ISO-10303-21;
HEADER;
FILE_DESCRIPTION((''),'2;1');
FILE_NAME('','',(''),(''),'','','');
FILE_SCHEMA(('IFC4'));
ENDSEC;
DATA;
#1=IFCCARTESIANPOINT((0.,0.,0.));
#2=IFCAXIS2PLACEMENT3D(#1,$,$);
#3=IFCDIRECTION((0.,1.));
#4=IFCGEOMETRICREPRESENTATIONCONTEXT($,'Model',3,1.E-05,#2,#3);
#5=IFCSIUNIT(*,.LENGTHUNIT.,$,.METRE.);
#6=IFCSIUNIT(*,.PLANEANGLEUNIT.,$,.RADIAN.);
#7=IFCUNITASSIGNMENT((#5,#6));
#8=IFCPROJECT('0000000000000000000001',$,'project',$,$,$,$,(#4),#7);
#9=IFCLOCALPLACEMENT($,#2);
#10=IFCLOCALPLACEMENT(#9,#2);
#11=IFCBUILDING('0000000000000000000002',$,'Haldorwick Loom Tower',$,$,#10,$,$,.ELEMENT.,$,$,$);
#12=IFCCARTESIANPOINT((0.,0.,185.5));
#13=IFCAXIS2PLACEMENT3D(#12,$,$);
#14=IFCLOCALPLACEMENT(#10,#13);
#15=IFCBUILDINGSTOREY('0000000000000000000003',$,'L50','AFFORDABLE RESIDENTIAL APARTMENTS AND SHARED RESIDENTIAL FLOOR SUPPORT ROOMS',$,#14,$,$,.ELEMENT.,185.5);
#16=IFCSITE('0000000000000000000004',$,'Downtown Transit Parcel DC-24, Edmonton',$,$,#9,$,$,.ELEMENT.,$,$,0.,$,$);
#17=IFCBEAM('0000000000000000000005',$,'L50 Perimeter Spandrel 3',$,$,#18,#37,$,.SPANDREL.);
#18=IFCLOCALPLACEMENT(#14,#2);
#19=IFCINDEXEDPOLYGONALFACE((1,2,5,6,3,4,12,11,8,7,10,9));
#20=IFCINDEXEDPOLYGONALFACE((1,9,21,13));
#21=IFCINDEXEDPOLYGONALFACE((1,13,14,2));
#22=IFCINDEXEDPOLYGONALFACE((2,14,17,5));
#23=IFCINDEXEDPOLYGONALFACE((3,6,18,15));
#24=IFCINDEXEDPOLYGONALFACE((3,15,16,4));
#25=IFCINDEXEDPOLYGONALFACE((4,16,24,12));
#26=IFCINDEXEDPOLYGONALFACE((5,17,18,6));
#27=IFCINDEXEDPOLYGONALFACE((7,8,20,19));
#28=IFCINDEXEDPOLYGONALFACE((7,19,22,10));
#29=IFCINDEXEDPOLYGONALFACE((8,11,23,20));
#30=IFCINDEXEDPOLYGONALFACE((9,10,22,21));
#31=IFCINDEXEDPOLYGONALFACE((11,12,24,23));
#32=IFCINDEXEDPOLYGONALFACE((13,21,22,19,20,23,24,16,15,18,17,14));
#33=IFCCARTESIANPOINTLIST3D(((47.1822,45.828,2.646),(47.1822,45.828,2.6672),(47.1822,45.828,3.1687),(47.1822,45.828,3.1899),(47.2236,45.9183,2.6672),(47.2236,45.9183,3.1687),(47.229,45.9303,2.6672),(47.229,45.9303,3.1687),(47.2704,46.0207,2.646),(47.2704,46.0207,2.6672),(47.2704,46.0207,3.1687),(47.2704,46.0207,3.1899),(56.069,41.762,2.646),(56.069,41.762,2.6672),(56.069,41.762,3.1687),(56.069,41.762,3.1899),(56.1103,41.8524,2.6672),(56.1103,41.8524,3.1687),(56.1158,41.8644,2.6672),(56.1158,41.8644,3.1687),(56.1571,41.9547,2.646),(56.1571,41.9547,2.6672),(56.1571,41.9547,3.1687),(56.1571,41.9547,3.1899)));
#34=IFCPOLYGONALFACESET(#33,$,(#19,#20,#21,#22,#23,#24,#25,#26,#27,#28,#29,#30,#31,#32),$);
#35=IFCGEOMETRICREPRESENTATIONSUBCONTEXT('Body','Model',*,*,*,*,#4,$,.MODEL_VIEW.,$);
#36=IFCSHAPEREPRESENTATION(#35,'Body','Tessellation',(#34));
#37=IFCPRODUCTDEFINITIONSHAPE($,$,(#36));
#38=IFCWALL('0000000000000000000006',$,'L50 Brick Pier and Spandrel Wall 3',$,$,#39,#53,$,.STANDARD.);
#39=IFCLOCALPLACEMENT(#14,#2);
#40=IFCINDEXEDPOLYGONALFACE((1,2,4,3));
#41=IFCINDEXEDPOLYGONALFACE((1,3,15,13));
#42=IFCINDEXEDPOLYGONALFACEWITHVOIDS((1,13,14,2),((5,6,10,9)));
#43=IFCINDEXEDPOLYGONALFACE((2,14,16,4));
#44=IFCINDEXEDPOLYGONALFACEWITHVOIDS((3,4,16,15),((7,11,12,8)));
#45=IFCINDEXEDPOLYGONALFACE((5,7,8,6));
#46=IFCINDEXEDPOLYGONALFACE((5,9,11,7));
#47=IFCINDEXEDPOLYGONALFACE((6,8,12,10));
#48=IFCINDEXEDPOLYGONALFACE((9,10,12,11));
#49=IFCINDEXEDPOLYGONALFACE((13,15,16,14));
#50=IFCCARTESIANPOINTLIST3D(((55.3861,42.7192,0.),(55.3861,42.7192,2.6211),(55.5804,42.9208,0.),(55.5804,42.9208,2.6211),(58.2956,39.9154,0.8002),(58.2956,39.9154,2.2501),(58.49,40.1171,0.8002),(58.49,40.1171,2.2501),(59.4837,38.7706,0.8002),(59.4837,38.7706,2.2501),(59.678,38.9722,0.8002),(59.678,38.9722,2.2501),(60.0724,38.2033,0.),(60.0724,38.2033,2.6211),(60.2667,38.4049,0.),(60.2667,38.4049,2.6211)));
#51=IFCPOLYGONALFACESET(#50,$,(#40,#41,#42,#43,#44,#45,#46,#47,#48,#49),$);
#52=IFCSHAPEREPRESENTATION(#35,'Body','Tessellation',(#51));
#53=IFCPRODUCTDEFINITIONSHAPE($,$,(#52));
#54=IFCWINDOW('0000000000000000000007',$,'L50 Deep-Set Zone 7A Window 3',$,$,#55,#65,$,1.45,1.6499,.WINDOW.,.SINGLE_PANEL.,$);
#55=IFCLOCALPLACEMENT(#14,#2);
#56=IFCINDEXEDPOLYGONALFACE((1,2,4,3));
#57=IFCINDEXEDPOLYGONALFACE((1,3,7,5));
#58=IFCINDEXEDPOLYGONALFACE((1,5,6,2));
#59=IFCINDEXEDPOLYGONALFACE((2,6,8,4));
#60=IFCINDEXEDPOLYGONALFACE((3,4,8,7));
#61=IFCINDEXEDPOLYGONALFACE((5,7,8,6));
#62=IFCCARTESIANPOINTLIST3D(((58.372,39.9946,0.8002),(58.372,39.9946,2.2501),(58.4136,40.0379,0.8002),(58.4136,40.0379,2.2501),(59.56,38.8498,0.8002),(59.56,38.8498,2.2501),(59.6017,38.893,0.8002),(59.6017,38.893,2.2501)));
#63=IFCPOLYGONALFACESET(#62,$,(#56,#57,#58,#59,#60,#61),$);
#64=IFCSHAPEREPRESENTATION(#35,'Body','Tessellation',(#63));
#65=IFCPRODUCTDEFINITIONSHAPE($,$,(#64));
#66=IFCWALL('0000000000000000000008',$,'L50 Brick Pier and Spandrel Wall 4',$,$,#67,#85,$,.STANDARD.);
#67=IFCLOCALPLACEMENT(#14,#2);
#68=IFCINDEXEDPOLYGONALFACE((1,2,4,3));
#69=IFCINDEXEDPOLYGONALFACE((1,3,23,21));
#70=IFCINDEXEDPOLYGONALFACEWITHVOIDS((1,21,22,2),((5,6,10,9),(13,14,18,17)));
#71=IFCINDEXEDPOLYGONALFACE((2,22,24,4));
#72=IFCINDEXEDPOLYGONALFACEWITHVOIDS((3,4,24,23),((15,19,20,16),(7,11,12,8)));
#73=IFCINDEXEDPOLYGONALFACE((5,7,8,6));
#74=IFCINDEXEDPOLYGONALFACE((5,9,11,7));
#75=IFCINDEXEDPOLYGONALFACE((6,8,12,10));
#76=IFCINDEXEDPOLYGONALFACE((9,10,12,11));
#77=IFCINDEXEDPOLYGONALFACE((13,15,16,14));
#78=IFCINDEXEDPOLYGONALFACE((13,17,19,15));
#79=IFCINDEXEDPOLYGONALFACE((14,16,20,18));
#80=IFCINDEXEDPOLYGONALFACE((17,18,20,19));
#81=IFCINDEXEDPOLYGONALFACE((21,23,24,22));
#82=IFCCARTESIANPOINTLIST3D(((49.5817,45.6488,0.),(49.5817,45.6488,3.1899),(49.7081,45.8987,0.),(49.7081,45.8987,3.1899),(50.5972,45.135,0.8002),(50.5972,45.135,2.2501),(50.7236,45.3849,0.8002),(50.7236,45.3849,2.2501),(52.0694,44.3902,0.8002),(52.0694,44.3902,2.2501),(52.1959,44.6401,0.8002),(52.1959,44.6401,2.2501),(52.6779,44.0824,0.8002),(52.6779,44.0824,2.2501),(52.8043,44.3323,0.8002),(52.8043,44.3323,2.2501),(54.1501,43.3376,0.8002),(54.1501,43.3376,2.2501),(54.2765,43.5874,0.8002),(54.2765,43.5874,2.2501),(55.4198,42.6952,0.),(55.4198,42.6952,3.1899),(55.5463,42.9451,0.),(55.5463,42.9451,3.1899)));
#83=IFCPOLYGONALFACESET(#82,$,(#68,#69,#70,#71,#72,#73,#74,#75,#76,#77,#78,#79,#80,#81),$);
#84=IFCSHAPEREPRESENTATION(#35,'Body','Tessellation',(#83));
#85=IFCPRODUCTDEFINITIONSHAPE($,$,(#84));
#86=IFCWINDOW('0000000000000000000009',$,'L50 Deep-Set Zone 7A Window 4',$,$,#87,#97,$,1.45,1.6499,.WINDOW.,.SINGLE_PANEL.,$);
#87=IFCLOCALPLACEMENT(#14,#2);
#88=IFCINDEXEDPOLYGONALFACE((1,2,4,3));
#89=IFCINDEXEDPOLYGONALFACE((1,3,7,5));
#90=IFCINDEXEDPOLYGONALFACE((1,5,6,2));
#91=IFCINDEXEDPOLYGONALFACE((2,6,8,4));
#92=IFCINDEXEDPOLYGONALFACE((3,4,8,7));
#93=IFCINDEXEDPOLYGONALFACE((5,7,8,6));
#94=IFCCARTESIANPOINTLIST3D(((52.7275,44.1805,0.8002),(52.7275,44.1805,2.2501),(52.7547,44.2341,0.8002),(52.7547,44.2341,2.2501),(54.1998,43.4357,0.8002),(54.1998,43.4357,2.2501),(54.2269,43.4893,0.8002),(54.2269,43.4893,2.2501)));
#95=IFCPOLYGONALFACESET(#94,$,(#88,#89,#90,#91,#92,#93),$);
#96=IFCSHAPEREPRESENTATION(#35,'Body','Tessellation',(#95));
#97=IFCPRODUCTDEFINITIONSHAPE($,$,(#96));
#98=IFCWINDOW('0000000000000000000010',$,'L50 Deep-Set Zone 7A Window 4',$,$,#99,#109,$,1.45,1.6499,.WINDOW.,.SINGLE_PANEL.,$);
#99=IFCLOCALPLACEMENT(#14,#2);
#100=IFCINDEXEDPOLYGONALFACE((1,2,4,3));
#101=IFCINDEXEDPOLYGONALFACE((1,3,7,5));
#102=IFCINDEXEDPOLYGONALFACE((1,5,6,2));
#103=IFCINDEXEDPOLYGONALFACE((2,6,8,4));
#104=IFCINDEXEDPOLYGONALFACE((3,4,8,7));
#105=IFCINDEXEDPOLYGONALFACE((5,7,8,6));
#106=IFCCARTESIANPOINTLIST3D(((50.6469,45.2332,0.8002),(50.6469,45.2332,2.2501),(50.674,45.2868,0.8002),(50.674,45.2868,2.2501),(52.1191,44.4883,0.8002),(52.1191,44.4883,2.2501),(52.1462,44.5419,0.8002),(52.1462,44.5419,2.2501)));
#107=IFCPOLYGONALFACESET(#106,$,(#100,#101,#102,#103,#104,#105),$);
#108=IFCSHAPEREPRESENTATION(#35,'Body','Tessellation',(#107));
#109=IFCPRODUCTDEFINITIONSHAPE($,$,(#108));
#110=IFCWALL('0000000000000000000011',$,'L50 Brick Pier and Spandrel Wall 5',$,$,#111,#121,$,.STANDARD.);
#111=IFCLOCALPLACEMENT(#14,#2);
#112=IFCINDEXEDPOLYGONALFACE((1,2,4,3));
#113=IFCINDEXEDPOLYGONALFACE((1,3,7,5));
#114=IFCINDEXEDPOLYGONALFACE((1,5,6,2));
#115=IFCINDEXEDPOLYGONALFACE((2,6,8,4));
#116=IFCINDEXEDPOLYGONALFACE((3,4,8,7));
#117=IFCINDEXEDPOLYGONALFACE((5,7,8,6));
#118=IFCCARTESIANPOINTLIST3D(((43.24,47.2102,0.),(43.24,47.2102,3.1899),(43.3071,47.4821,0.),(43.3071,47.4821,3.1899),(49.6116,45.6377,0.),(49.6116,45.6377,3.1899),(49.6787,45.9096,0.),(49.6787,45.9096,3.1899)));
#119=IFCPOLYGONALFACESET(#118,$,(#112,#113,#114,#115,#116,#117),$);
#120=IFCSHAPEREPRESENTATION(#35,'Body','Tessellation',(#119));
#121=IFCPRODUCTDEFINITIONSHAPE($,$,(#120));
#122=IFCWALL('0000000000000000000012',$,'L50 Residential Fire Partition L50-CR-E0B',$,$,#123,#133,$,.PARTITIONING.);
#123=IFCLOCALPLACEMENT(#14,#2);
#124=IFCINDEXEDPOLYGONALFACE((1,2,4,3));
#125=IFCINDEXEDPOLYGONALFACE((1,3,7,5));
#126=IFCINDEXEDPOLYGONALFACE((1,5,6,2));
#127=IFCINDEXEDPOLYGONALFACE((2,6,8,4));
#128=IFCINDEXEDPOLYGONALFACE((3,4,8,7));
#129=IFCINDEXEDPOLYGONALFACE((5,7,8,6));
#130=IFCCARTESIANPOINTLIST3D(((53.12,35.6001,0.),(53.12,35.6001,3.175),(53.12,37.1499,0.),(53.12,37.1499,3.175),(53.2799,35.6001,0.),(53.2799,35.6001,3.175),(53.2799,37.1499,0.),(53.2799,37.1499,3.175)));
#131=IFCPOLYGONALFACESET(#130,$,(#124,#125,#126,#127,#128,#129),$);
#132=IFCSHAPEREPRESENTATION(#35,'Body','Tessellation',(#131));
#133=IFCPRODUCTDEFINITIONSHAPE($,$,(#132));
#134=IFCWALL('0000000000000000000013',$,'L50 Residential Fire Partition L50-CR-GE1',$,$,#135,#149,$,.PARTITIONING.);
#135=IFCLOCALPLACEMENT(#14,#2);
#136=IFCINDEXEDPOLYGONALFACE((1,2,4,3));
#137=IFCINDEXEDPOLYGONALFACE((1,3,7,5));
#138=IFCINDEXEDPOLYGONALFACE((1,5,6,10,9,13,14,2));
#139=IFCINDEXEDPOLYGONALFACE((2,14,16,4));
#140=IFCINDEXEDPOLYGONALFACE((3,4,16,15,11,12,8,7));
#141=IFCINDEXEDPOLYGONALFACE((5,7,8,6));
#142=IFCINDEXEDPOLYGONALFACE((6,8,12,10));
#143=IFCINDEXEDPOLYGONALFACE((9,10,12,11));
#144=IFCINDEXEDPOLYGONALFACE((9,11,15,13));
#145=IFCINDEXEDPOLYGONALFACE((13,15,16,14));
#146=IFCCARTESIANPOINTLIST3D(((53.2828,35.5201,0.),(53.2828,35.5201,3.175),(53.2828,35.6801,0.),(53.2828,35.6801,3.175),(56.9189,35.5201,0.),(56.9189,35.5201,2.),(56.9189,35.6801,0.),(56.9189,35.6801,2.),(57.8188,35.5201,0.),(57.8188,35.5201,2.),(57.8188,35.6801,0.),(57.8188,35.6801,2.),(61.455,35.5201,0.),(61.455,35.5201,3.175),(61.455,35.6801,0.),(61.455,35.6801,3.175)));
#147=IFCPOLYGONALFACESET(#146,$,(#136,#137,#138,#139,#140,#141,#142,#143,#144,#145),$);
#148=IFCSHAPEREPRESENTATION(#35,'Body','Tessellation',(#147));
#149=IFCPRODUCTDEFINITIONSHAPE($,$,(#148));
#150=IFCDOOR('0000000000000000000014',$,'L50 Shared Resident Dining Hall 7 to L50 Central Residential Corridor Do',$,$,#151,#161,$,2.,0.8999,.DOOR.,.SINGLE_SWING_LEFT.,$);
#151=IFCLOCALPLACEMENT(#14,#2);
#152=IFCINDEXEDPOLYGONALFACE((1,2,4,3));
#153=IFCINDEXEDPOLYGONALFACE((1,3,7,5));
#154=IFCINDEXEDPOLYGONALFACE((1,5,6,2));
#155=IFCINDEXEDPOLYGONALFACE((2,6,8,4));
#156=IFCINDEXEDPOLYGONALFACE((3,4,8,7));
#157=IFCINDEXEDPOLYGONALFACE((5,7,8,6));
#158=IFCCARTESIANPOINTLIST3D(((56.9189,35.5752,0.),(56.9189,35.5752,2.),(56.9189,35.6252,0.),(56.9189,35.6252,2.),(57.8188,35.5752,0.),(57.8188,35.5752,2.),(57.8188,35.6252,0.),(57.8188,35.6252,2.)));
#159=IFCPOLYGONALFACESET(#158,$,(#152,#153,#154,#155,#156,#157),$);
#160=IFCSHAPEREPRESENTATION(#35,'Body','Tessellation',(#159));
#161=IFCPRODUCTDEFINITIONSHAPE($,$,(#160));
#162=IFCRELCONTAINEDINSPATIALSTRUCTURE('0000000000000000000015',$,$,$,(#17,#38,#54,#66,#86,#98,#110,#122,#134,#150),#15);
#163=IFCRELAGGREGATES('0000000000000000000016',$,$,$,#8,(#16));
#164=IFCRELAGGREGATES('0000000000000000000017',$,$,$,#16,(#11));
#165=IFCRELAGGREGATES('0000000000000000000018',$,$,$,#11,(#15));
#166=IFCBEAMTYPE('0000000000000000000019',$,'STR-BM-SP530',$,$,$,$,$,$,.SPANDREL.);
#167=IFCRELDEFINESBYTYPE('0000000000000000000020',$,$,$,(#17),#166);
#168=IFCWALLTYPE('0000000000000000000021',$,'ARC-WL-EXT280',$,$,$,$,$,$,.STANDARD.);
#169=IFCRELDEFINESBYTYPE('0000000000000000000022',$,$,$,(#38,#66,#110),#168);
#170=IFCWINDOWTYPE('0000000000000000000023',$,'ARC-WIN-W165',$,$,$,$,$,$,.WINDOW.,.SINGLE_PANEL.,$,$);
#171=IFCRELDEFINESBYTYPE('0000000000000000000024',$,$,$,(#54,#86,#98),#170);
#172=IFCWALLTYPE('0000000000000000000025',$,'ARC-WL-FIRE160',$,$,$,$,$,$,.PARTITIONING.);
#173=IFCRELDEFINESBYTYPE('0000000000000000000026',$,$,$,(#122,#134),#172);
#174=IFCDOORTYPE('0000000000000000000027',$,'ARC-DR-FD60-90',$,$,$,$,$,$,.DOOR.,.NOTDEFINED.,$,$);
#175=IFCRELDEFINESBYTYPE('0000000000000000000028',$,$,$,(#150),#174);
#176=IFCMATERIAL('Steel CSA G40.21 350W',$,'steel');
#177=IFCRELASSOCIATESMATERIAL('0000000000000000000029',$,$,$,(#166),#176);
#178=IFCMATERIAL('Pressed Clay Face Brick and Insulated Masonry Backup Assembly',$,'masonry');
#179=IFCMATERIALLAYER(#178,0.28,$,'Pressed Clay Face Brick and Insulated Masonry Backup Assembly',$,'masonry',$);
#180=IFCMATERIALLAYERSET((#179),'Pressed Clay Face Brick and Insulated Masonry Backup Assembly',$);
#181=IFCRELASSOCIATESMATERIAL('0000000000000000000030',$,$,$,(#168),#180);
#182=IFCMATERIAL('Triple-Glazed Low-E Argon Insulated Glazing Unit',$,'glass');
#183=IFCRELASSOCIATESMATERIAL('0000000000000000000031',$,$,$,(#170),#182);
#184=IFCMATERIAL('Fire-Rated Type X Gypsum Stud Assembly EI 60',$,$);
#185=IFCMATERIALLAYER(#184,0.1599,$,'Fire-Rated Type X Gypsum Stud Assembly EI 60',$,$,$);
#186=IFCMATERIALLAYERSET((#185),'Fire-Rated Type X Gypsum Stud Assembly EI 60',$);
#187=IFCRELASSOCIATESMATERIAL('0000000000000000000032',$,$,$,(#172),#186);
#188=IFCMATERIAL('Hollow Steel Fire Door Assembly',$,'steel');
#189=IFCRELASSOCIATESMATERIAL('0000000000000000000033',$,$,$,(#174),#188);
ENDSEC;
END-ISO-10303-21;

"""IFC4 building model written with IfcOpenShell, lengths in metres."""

from ifc_helpers import new_model, si_unit, direction, frame, frame_2d, origin, origin_2d, place, context, subcontext, project, spatial, rectangle, i_section, extrude, material, layer, layer_set, material_profile, profile_set, type_object, element, fill, save


model = new_model("IFC4")

# Units and contexts
model_context = context("Model", 3, precision=1e-05, world=origin(), true_north=direction((0.0, 1.0)))
body_context = subcontext(model_context, "Body", "Model", "MODEL_VIEW")
ifc_project = project(units=[si_unit("LENGTHUNIT", "METRE"), si_unit("PLANEANGLEUNIT", "RADIAN")], contexts=[model_context])

# Site, building, storey
site_placement = place(None, origin())
site = spatial("IfcSite", under=ifc_project, at=site_placement, Name="Downtown Transit Parcel DC-24, Edmonton", CompositionType="ELEMENT", RefElevation=0.0)
building_placement = place(site_placement, origin())
building = spatial("IfcBuilding", under=site, at=building_placement, Name="Haldorwick Loom Tower", CompositionType="ELEMENT")
storey_placement = place(building_placement, frame((0.0, 0.0, 185.5)))
storey = spatial("IfcBuildingStorey", under=building, at=storey_placement, Name="L50", Description="AFFORDABLE RESIDENTIAL APARTMENTS AND SHARED RESIDENTIAL FLOOR SUPPORT ROOMS", CompositionType="ELEMENT", Elevation=185.5)

# Shared definitions
ifc_material_1 = material(Name="Steel CSA G40.21 350W", Category="steel")

# Beam
ifc_material_profile_1 = material_profile(ifc_material_1, i_section(OverallWidth=0.2119, OverallDepth=0.5439, WebThickness=0.0132, FlangeThickness=0.0212, at=origin_2d()), Name="W530X123", Category="steel")
ifc_profile_set_1 = profile_set([ifc_material_profile_1], Name="Steel CSA G40.21 350W")
beam_type_1 = type_object("IfcBeamType", Name="STR-BM-SP530", PredefinedType="SPANDREL", material=ifc_profile_set_1)
beam_1_placement = place(storey_placement, frame((56.113, 41.8584, 2.918), z_axis=(-0.909342, 0.416049, 0.0), x_axis=(-0.416049, -0.909342, 0.0)))
element("IfcBeam", 1, at=beam_1_placement, inside=storey, type_object=beam_type_1, Name="L50 Perimeter Spandrel 3", PredefinedType="SPANDREL", context=body_context, shape_type="SweptSolid", body=[
    extrude(i_section(OverallWidth=0.2119, OverallDepth=0.5439, WebThickness=0.0132, FlangeThickness=0.0212, at=origin_2d()), origin(), (0.0, 0.0, 1.0), 9.7727),
])

# Wall, opening, window
ifc_material_2 = material(Name="Pressed Clay Face Brick and Insulated Masonry Backup Assembly", Category="masonry")
ifc_layer_1 = layer(ifc_material_2, 0.28, Name="Pressed Clay Face Brick and Insulated Masonry Backup Assembly", Category="masonry")
ifc_layer_set_1 = layer_set([ifc_layer_1], Name="Pressed Clay Face Brick and Insulated Masonry Backup Assembly")
wall_type_1 = type_object("IfcWallType", Name="ARC-WL-EXT280", PredefinedType="STANDARD", material=ifc_layer_set_1)
wall_1_placement = place(storey_placement, frame((60.1694, 38.3042, 0.0), z_axis=(0.0, 0.0, 1.0), x_axis=(-0.720078, 0.693893, 0.0)))
wall_1 = element("IfcWall", 2, at=wall_1_placement, inside=storey, type_object=wall_type_1, Name="L50 Brick Pier and Spandrel Wall 3", PredefinedType="STANDARD", context=body_context, shape_type="SweptSolid", body=[
    extrude(rectangle(XDim=6.5081, YDim=0.28, at=frame_2d((3.2539, 0.0))), origin(), (0.0, 0.0, 1.0), 2.6211),
])
opening_1_placement = place(wall_1_placement, frame((0.8174, 0.0, 0.8)))
opening_1 = element("IfcOpeningElement", 3, at=opening_1_placement, cuts=wall_1, PredefinedType="OPENING", context=body_context, shape_type="SweptSolid", body=[
    extrude(rectangle(XDim=1.6499, YDim=1.45, at=frame_2d((0.825, 0.7251))), frame((0.0, 0.1499, 0.0), z_axis=(0.0, -1.0, 0.0), x_axis=(1.0, 0.0, 0.0)), (0.0, 0.0, 1.0), 0.3),
])
ifc_material_3 = material(Name="Triple-Glazed Low-E Argon Insulated Glazing Unit", Category="glass")
window_type = type_object("IfcWindowType", Name="ARC-WIN-W165", PartitioningType="SINGLE_PANEL", PredefinedType="WINDOW", material=ifc_material_3)
window_1_placement = place(opening_1_placement, origin())
window_1 = element("IfcWindow", 4, at=window_1_placement, inside=storey, type_object=window_type, Name="L50 Deep-Set Zone 7A Window 3", OverallHeight=1.45, OverallWidth=1.6499, PartitioningType="SINGLE_PANEL", PredefinedType="WINDOW", context=body_context, shape_type="SweptSolid", body=[
    extrude(rectangle(XDim=1.6499, YDim=1.45, at=frame_2d((0.825, 0.7251))), frame((0.0, 0.03, 0.0), z_axis=(0.0, -1.0, 0.0), x_axis=(1.0, 0.0, 0.0)), (0.0, 0.0, 1.0), 0.0601),
])
fill(opening_1, window_1)

# Wall, openings, windows
wall_2_placement = place(storey_placement, frame((55.4832, 42.8201, 0.0), z_axis=(0.0, 0.0, 1.0), x_axis=(-0.892305, 0.451433, 0.0)))
wall_2 = element("IfcWall", 5, at=wall_2_placement, inside=storey, type_object=wall_type_1, Name="L50 Brick Pier and Spandrel Wall 4", PredefinedType="STANDARD", context=body_context, shape_type="SweptSolid", body=[
    extrude(rectangle(XDim=6.5427, YDim=0.28, at=frame_2d((3.2715, 0.0))), origin(), (0.0, 0.0, 1.0), 3.1899),
])
opening_2_placement = place(wall_2_placement, frame((1.4231, 0.0, 0.8)))
opening_2 = element("IfcOpeningElement", 6, at=opening_2_placement, cuts=wall_2, PredefinedType="OPENING", context=body_context, shape_type="SweptSolid", body=[
    extrude(rectangle(XDim=1.6499, YDim=1.45, at=frame_2d((0.825, 0.7251))), frame((0.0, 0.1499, 0.0), z_axis=(0.0, -1.0, 0.0), x_axis=(1.0, 0.0, 0.0)), (0.0, 0.0, 1.0), 0.3),
])
opening_3_placement = place(wall_2_placement, frame((3.7549, 0.0, 0.8)))
opening_3 = element("IfcOpeningElement", 7, at=opening_3_placement, cuts=wall_2, PredefinedType="OPENING", context=body_context, shape_type="SweptSolid", body=[
    extrude(rectangle(XDim=1.6499, YDim=1.45, at=frame_2d((0.825, 0.7251))), frame((0.0, 0.1499, 0.0), z_axis=(0.0, -1.0, 0.0), x_axis=(1.0, 0.0, 0.0)), (0.0, 0.0, 1.0), 0.3),
])
window_2_placement = place(opening_2_placement, origin())
window_2 = element("IfcWindow", 8, at=window_2_placement, inside=storey, type_object=window_type, Name="L50 Deep-Set Zone 7A Window 4", OverallHeight=1.45, OverallWidth=1.6499, PartitioningType="SINGLE_PANEL", PredefinedType="WINDOW", context=body_context, shape_type="SweptSolid", body=[
    extrude(rectangle(XDim=1.6499, YDim=1.45, at=frame_2d((0.825, 0.7251))), frame((0.0, 0.03, 0.0), z_axis=(0.0, -1.0, 0.0), x_axis=(1.0, 0.0, 0.0)), (0.0, 0.0, 1.0), 0.0601),
])
fill(opening_2, window_2)
window_3_placement = place(opening_3_placement, origin())
window_3 = element("IfcWindow", 9, at=window_3_placement, inside=storey, type_object=window_type, Name="L50 Deep-Set Zone 7A Window 4", OverallHeight=1.45, OverallWidth=1.6499, PartitioningType="SINGLE_PANEL", PredefinedType="WINDOW", context=body_context, shape_type="SweptSolid", body=[
    extrude(rectangle(XDim=1.6499, YDim=1.45, at=frame_2d((0.825, 0.7251))), frame((0.0, 0.03, 0.0), z_axis=(0.0, -1.0, 0.0), x_axis=(1.0, 0.0, 0.0)), (0.0, 0.0, 1.0), 0.0601),
])
fill(opening_3, window_3)

# Walls
wall_3_placement = place(storey_placement, frame((49.645, 45.7737, 0.0), z_axis=(0.0, 0.0, 1.0), x_axis=(-0.970869, 0.239611, 0.0)))
element("IfcWall", 10, at=wall_3_placement, inside=storey, type_object=wall_type_1, Name="L50 Brick Pier and Spandrel Wall 5", PredefinedType="STANDARD", context=body_context, shape_type="SweptSolid", body=[
    extrude(rectangle(XDim=6.5627, YDim=0.28, at=frame_2d((3.2812, 0.0))), origin(), (0.0, 0.0, 1.0), 3.1899),
])
ifc_material_4 = material(Name="Fire-Rated Type X Gypsum Stud Assembly EI 60")
ifc_layer_2 = layer(ifc_material_4, 0.1599, Name="Fire-Rated Type X Gypsum Stud Assembly EI 60")
ifc_layer_set_2 = layer_set([ifc_layer_2], Name="Fire-Rated Type X Gypsum Stud Assembly EI 60")
wall_type_2 = type_object("IfcWallType", Name="ARC-WL-FIRE160", PredefinedType="PARTITIONING", material=ifc_layer_set_2)
wall_4_placement = place(storey_placement, frame((53.2, 35.6001, 0.0), z_axis=(0.0, 0.0, 1.0), x_axis=(0.0, 1.0, 0.0)))
element("IfcWall", 11, at=wall_4_placement, inside=storey, type_object=wall_type_2, Name="L50 Residential Fire Partition L50-CR-E0B", PredefinedType="PARTITIONING", context=body_context, shape_type="SweptSolid", body=[
    extrude(rectangle(XDim=1.5498, YDim=0.1599, at=frame_2d((0.7749, 0.0))), origin(), (0.0, 0.0, 1.0), 3.175),
])

# Wall, opening, door
wall_5_placement = place(storey_placement, frame((53.283, 35.6001, 0.0), z_axis=(0.0, 0.0, 1.0), x_axis=(1.0, 0.0, 0.0)))
wall_5 = element("IfcWall", 12, at=wall_5_placement, inside=storey, type_object=wall_type_2, Name="L50 Residential Fire Partition L50-CR-GE1", PredefinedType="PARTITIONING", context=body_context, shape_type="SweptSolid", body=[
    extrude(rectangle(XDim=8.1721, YDim=0.1599, at=frame_2d((4.0859, 0.0))), origin(), (0.0, 0.0, 1.0), 3.175),
])
opening_4_placement = place(wall_5_placement, frame((3.636, 0.0, 0.0)))
opening_4 = element("IfcOpeningElement", 13, at=opening_4_placement, cuts=wall_5, PredefinedType="OPENING", context=body_context, shape_type="SweptSolid", body=[
    extrude(rectangle(XDim=0.8999, YDim=2.0, at=frame_2d((0.45, 1.0))), frame((0.0, 0.0898, 0.0), z_axis=(0.0, -1.0, 0.0), x_axis=(1.0, 0.0, 0.0)), (0.0, 0.0, 1.0), 0.1799),
])
ifc_material_5 = material(Name="Hollow Steel Fire Door Assembly", Category="steel")
door_type = type_object("IfcDoorType", Name="ARC-DR-FD60-90", OperationType="NOTDEFINED", PredefinedType="DOOR", material=ifc_material_5)
door_1_placement = place(opening_4_placement, frame((0.8999, 0.0, 0.0), z_axis=(0.0, 0.0, 1.0), x_axis=(-1.0, 0.0, 0.0)))
door_1 = element("IfcDoor", 14, at=door_1_placement, inside=storey, type_object=door_type, Name="L50 Shared Resident Dining Hall 7 to L50 Central Residential Corridor Do", OperationType="SINGLE_SWING_LEFT", OverallHeight=2.0, OverallWidth=0.8999, PredefinedType="DOOR", context=body_context, shape_type="SweptSolid", body=[
    extrude(rectangle(XDim=0.8999, YDim=2.0, at=frame_2d((0.45, 1.0))), frame((0.0, 0.0249, 0.0), z_axis=(0.0, -1.0, 0.0), x_axis=(1.0, 0.0, 0.0)), (0.0, 0.0, 1.0), 0.05),
])
fill(opening_4, door_1)

save(model, "model.ifc")
